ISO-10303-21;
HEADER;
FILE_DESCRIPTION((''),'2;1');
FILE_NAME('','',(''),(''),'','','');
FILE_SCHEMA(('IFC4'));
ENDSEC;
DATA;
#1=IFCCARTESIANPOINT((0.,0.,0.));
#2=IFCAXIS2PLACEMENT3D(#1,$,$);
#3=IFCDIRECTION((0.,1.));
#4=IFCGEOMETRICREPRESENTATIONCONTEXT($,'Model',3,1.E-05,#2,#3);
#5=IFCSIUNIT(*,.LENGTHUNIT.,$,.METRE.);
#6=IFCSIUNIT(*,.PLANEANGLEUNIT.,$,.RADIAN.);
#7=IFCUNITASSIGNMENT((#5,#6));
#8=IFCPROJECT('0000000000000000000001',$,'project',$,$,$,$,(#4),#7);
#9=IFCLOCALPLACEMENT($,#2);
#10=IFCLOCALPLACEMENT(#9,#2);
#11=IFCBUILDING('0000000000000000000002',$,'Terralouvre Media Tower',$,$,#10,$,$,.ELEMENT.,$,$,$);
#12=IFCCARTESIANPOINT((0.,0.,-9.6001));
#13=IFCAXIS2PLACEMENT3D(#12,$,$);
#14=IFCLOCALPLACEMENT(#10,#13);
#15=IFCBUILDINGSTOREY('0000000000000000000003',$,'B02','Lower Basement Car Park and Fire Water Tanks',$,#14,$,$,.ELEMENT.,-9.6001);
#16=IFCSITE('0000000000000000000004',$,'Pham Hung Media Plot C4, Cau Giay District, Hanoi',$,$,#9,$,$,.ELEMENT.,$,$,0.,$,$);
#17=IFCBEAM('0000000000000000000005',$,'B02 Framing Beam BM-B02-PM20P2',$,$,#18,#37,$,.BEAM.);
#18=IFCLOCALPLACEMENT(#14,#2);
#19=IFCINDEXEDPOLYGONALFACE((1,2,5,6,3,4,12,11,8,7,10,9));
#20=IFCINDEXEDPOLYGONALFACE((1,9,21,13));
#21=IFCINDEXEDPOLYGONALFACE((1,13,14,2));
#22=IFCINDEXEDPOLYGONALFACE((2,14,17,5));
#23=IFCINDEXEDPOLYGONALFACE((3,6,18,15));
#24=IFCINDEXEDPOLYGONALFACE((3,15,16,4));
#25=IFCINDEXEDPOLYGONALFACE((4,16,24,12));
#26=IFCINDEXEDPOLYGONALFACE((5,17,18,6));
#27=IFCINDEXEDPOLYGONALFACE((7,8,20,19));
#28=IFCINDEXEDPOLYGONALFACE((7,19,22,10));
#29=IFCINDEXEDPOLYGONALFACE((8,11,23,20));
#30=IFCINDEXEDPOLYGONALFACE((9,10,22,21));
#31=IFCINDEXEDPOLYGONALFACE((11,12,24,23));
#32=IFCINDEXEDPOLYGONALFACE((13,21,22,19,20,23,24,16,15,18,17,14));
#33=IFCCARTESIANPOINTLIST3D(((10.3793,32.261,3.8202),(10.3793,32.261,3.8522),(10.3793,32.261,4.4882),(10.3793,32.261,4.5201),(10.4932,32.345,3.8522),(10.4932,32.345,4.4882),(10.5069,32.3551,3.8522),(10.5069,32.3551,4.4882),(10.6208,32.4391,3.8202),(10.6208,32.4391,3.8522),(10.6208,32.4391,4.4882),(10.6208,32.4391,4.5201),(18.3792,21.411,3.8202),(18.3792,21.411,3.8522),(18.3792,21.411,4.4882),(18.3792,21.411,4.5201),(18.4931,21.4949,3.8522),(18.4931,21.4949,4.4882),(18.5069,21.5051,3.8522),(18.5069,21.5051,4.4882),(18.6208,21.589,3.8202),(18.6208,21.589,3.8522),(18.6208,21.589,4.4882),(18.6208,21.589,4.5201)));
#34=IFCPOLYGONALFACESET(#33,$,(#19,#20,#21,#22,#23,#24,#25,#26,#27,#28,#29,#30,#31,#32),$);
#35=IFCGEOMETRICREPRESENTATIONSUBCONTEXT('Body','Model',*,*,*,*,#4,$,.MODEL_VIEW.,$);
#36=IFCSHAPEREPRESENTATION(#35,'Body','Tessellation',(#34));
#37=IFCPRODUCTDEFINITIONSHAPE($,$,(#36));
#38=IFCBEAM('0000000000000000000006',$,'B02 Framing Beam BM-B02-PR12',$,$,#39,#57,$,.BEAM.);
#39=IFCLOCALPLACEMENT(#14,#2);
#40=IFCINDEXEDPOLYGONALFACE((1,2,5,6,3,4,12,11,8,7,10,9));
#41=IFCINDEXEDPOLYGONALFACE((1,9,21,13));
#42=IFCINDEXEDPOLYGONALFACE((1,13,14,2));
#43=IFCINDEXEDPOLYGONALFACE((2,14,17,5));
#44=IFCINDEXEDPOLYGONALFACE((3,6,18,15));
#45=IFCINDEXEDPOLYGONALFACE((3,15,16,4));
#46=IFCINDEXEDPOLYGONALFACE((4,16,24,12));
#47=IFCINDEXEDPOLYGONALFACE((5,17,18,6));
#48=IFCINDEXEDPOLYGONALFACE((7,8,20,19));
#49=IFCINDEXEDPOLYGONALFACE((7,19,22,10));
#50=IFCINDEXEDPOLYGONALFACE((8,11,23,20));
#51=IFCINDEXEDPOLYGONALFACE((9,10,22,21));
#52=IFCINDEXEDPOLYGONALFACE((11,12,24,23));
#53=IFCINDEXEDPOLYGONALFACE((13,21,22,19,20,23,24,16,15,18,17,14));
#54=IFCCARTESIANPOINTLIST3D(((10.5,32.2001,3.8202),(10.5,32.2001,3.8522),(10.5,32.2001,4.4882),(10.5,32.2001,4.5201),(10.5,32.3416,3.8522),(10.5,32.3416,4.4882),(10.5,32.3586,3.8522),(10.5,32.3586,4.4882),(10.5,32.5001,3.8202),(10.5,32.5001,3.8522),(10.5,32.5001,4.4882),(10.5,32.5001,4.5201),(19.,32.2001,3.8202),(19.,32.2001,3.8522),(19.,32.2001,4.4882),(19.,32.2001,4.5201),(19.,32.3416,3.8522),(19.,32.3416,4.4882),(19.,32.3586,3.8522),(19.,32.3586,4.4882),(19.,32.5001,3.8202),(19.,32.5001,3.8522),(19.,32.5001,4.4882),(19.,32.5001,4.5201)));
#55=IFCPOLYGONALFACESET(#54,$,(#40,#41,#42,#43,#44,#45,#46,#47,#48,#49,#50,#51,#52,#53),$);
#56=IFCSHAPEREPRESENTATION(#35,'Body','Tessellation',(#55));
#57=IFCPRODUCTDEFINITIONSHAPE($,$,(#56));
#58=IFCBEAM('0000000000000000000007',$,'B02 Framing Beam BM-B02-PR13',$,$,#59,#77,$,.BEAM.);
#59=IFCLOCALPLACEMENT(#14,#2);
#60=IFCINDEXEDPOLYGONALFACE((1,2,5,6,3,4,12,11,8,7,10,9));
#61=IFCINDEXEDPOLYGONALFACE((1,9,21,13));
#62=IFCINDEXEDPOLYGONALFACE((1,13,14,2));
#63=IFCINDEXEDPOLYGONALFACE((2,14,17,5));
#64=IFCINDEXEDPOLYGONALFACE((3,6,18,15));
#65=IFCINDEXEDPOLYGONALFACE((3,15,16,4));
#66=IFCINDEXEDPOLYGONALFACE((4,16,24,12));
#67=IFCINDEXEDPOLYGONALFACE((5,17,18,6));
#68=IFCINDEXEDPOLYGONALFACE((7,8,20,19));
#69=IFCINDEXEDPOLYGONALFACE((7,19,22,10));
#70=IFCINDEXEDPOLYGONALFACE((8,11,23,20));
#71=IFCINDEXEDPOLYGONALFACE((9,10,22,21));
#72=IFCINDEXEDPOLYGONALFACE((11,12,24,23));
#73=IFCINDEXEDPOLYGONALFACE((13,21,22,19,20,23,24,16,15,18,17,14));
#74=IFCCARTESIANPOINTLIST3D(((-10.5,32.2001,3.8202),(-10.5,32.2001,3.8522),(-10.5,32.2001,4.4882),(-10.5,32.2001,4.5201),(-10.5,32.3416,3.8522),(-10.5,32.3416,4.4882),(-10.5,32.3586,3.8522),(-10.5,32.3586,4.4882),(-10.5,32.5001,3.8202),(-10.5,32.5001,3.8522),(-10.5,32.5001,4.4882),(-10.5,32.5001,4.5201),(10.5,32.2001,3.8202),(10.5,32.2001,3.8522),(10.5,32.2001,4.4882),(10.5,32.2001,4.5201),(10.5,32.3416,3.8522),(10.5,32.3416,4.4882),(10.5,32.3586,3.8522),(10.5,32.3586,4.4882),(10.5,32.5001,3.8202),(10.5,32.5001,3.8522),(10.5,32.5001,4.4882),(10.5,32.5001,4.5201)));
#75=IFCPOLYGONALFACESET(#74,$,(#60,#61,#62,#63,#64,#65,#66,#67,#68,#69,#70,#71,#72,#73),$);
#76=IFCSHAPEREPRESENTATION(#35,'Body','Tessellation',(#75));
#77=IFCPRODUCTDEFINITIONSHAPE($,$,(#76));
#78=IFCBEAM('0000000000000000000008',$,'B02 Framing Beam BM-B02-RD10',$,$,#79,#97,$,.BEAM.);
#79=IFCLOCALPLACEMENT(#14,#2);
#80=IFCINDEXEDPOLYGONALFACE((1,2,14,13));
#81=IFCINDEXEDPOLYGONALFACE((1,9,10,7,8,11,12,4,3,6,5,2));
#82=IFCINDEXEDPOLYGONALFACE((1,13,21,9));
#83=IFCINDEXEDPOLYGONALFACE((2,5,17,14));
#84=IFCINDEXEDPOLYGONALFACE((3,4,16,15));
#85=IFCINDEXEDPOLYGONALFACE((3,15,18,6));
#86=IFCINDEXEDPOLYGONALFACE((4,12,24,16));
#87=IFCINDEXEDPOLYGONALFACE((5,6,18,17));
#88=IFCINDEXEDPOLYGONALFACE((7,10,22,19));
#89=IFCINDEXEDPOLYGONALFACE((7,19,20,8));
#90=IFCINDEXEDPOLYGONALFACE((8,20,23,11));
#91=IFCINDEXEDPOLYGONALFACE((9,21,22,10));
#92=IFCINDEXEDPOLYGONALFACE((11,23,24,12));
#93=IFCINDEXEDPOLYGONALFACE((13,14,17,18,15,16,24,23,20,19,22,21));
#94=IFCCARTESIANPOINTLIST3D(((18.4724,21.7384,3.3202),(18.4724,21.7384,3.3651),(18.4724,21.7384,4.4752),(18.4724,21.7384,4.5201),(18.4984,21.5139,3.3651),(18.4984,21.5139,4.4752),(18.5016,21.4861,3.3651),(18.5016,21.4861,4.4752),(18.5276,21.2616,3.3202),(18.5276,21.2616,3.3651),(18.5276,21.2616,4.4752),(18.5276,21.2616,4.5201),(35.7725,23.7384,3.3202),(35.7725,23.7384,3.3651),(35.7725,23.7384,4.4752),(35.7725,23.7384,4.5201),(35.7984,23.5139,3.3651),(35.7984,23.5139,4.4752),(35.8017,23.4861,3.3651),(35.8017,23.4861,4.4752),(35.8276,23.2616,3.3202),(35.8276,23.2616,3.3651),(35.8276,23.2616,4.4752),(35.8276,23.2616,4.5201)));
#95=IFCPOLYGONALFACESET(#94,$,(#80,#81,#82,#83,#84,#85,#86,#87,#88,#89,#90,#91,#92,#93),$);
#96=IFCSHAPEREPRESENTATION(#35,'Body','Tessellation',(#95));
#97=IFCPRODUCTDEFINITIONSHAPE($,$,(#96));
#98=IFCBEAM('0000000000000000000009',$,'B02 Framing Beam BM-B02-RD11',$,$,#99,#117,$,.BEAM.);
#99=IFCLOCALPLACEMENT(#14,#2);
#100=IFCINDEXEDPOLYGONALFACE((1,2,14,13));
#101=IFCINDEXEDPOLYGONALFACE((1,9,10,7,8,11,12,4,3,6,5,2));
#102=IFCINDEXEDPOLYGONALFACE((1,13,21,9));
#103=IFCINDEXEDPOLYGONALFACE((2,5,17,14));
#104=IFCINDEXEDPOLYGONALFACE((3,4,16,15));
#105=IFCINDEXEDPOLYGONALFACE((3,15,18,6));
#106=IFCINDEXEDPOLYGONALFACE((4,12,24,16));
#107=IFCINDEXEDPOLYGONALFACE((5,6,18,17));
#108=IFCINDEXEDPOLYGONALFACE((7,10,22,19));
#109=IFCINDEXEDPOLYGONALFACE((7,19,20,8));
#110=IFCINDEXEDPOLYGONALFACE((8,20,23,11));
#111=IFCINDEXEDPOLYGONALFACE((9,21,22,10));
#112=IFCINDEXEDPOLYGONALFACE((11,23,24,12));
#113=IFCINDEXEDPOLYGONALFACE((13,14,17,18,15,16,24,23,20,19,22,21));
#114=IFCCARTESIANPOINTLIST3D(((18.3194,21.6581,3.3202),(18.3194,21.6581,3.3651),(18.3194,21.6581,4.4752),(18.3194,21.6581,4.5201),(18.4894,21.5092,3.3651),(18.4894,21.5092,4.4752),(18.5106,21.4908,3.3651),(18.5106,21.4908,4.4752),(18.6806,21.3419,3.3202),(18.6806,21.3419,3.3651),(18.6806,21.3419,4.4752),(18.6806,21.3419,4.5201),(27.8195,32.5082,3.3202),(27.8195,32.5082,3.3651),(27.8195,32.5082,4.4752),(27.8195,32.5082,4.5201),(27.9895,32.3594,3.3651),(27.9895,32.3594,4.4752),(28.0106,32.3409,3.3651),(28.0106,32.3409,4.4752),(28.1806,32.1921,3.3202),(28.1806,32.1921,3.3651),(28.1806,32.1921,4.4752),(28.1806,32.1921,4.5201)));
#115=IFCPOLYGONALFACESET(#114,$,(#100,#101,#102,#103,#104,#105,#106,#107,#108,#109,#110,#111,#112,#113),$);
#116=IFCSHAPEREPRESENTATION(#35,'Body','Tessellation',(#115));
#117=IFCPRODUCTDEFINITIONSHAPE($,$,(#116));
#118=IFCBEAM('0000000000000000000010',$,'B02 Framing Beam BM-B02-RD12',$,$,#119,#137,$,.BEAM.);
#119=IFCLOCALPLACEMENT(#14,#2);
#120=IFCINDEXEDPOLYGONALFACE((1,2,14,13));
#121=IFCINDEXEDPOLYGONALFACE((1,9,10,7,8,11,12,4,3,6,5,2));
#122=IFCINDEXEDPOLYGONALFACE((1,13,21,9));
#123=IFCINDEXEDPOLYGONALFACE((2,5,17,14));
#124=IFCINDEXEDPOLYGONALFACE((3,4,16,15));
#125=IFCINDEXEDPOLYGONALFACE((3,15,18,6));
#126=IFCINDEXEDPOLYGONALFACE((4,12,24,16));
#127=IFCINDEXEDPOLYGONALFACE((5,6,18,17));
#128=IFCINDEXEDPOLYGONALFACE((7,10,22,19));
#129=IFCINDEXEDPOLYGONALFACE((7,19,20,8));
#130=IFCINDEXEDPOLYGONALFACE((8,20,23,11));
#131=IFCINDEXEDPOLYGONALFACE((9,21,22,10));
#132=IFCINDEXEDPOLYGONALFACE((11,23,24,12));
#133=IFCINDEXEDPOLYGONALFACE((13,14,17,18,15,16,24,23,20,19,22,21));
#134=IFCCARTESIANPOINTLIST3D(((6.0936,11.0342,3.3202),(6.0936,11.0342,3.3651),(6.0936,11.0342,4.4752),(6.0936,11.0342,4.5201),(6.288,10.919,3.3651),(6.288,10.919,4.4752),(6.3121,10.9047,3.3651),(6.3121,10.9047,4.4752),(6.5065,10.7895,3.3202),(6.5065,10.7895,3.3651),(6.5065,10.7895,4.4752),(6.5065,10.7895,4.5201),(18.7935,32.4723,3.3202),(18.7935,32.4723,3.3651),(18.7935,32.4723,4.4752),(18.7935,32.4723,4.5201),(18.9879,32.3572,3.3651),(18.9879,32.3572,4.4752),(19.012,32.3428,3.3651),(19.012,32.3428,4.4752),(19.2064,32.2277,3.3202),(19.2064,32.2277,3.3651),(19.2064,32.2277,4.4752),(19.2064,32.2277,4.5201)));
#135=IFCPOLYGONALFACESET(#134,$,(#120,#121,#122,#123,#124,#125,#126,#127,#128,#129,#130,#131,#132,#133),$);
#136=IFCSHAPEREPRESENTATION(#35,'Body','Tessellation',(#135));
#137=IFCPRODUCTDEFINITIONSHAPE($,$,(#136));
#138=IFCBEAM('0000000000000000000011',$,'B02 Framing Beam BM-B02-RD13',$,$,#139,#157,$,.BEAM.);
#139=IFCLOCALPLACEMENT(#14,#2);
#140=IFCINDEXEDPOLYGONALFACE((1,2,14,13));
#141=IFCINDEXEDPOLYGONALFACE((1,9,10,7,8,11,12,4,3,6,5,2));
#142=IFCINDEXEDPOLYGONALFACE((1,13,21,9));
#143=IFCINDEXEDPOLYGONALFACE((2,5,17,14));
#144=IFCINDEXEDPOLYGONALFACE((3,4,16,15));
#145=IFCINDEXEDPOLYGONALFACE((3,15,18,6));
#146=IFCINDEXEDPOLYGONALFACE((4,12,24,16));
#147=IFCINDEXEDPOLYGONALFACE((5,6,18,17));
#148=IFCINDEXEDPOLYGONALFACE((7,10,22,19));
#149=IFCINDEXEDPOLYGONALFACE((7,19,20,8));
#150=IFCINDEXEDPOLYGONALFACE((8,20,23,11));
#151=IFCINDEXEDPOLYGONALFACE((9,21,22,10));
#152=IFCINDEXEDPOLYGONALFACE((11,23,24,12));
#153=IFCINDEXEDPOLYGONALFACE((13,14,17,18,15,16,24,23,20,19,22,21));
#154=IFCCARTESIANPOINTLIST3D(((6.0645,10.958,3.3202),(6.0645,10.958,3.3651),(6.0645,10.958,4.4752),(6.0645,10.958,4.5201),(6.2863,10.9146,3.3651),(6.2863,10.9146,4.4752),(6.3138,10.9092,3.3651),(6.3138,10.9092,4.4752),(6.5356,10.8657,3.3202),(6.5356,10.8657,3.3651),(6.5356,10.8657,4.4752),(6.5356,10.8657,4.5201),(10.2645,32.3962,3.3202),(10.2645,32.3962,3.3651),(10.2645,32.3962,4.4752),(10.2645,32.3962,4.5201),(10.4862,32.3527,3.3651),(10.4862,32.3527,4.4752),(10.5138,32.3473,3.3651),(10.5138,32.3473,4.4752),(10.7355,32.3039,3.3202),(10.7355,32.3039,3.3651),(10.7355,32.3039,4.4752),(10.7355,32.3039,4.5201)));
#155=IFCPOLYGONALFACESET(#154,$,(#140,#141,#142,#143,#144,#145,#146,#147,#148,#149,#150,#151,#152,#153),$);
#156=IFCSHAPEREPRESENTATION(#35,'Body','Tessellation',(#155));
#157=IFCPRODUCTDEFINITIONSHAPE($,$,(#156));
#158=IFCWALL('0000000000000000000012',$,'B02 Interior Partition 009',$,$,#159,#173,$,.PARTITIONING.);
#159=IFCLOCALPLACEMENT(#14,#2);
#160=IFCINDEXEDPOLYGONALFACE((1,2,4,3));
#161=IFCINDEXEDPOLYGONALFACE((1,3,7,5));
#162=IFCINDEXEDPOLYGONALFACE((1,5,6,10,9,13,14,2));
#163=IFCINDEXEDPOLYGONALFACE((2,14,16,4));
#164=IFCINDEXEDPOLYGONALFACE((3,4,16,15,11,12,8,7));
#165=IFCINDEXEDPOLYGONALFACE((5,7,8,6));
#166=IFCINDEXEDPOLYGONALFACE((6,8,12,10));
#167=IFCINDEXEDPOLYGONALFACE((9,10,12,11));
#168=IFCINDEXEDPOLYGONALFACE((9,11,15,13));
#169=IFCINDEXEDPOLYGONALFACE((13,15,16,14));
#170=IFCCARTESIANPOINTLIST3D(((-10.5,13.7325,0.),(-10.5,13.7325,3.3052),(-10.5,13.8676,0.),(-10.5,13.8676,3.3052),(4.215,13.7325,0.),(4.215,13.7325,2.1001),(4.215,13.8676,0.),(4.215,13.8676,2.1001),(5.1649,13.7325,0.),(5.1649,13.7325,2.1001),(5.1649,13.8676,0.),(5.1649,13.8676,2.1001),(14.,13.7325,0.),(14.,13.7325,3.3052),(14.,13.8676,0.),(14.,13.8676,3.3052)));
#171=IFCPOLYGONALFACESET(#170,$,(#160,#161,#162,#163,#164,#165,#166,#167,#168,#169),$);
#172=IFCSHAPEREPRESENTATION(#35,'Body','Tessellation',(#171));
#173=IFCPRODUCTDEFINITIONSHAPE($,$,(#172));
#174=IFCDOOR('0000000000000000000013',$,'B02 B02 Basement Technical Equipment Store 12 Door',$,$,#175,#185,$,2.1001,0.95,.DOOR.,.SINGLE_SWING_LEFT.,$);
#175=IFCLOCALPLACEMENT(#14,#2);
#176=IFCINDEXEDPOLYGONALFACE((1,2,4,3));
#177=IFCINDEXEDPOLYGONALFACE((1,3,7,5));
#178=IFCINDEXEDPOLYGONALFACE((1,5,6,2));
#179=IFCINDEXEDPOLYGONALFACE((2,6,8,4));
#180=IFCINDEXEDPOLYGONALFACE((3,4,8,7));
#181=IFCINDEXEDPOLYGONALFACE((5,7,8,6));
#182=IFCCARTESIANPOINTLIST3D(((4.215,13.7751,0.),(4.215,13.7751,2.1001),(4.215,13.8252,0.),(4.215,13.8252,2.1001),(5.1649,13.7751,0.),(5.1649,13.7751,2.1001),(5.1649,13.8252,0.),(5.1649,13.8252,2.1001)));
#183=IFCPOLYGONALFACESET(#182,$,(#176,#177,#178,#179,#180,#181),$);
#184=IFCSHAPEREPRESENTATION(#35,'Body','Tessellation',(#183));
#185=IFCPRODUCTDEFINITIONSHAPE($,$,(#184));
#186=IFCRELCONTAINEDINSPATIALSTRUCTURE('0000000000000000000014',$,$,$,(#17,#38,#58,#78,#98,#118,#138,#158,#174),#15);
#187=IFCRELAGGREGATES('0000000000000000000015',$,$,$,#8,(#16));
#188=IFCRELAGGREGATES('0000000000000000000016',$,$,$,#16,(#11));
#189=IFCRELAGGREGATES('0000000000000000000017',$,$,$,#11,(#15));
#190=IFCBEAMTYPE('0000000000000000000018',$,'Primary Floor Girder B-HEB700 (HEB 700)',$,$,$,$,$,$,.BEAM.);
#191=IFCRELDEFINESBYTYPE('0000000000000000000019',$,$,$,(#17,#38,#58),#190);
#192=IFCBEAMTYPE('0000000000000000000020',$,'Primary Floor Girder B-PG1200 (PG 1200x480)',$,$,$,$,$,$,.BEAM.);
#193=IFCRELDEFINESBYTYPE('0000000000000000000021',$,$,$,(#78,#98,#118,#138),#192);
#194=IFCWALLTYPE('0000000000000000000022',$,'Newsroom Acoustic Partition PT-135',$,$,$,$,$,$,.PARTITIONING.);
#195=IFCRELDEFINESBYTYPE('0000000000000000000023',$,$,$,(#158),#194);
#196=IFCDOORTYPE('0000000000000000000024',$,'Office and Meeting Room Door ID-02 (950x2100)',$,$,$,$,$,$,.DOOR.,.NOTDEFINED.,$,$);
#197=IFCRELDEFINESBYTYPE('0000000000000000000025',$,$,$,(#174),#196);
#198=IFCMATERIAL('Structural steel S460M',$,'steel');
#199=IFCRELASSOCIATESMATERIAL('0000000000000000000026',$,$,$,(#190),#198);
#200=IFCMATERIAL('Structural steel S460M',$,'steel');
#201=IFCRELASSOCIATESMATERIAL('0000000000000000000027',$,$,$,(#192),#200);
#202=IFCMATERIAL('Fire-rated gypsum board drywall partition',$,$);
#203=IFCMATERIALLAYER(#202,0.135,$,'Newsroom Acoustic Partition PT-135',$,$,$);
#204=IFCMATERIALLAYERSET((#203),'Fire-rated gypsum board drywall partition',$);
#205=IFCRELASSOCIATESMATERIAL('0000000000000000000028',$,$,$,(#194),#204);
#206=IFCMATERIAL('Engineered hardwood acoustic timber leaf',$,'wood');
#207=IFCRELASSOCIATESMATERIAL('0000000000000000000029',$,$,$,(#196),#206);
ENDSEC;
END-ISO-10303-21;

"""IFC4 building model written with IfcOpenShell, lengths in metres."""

from ifc_helpers import new_model, si_unit, direction, frame, frame_2d, origin, origin_2d, place, context, subcontext, project, spatial, rectangle, i_section, extrude, material, layer, layer_set, material_profile, profile_set, type_object, element, fill, save


model = new_model("IFC4")

# Units and contexts
model_context = context("Model", 3, precision=1e-05, world=origin(), true_north=direction((0.0, 1.0)))
body_context = subcontext(model_context, "Body", "Model", "MODEL_VIEW")
ifc_project = project(units=[si_unit("LENGTHUNIT", "METRE"), si_unit("PLANEANGLEUNIT", "RADIAN")], contexts=[model_context])

# Site, building, storey
site_placement = place(None, origin())
site = spatial("IfcSite", under=ifc_project, at=site_placement, Name="Pham Hung Media Plot C4, Cau Giay District, Hanoi", CompositionType="ELEMENT", RefElevation=0.0)
building_placement = place(site_placement, origin())
building = spatial("IfcBuilding", under=site, at=building_placement, Name="Terralouvre Media Tower", CompositionType="ELEMENT")
storey_placement = place(building_placement, frame((0.0, 0.0, -9.6001)))
storey = spatial("IfcBuildingStorey", under=building, at=storey_placement, Name="B02", Description="Lower Basement Car Park and Fire Water Tanks", CompositionType="ELEMENT", Elevation=-9.6001)

# Beams
ifc_material_1 = material(Name="Structural steel S460M", Category="steel")
ifc_material_profile_1 = material_profile(ifc_material_1, i_section(OverallWidth=0.3, OverallDepth=0.7, WebThickness=0.0171, FlangeThickness=0.032, at=origin_2d()), Name="HEB 700")
ifc_profile_set_1 = profile_set([ifc_material_profile_1], Name="Structural steel S460M")
beam_type_1 = type_object("IfcBeamType", Name="Primary Floor Girder B-HEB700 (HEB 700)", PredefinedType="BEAM", material=ifc_profile_set_1)
beam_1_placement = place(storey_placement, frame((18.5, 21.5, 4.1702), z_axis=(-0.593449, 0.804872, 0.0), x_axis=(-0.804872, -0.593449, 0.0)))
element("IfcBeam", 1, at=beam_1_placement, inside=storey, type_object=beam_type_1, Name="B02 Framing Beam BM-B02-PM20P2", PredefinedType="BEAM", context=body_context, shape_type="SweptSolid", body=[
    extrude(i_section(OverallWidth=0.3, OverallDepth=0.7, WebThickness=0.0171, FlangeThickness=0.032, at=origin_2d()), origin(), (0.0, 0.0, 1.0), 13.4805),
])
beam_2_placement = place(storey_placement, frame((19.0, 32.3501, 4.1702), z_axis=(-1.0, 0.0, 0.0), x_axis=(0.0, -1.0, 0.0)))
element("IfcBeam", 2, at=beam_2_placement, inside=storey, type_object=beam_type_1, Name="B02 Framing Beam BM-B02-PR12", PredefinedType="BEAM", context=body_context, shape_type="SweptSolid", body=[
    extrude(i_section(OverallWidth=0.3, OverallDepth=0.7, WebThickness=0.0171, FlangeThickness=0.032, at=origin_2d()), origin(), (0.0, 0.0, 1.0), 8.5),
])
beam_3_placement = place(storey_placement, frame((10.5, 32.3501, 4.1702), z_axis=(-1.0, 0.0, 0.0), x_axis=(0.0, -1.0, 0.0)))
element("IfcBeam", 3, at=beam_3_placement, inside=storey, type_object=beam_type_1, Name="B02 Framing Beam BM-B02-PR13", PredefinedType="BEAM", context=body_context, shape_type="SweptSolid", body=[
    extrude(i_section(OverallWidth=0.3, OverallDepth=0.7, WebThickness=0.0171, FlangeThickness=0.032, at=origin_2d()), origin(), (0.0, 0.0, 1.0), 21.0),
])
ifc_material_2 = material(Name="Structural steel S460M", Category="steel")
ifc_material_profile_2 = material_profile(ifc_material_2, i_section(OverallWidth=0.48, OverallDepth=1.2, WebThickness=0.0281, FlangeThickness=0.0449, at=origin_2d()), Name="PG 1200x480")
ifc_profile_set_2 = profile_set([ifc_material_profile_2], Name="Structural steel S460M")
beam_type_2 = type_object("IfcBeamType", Name="Primary Floor Girder B-PG1200 (PG 1200x480)", PredefinedType="BEAM", material=ifc_profile_set_2)
beam_4_placement = place(storey_placement, frame((18.5, 21.5, 3.9202), z_axis=(0.993384, 0.114842, 0.0), x_axis=(-0.114842, 0.993384, 0.0)))
element("IfcBeam", 4, at=beam_4_placement, inside=storey, type_object=beam_type_2, Name="B02 Framing Beam BM-B02-RD10", PredefinedType="BEAM", context=body_context, shape_type="SweptSolid", body=[
    extrude(i_section(OverallWidth=0.48, OverallDepth=1.2, WebThickness=0.0281, FlangeThickness=0.0449, at=origin_2d()), origin(), (0.0, 0.0, 1.0), 17.4153),
])
beam_5_placement = place(storey_placement, frame((18.5, 21.5, 3.9202), z_axis=(0.658747, 0.752365, 0.0), x_axis=(-0.752365, 0.658747, 0.0)))
element("IfcBeam", 5, at=beam_5_placement, inside=storey, type_object=beam_type_2, Name="B02 Framing Beam BM-B02-RD11", PredefinedType="BEAM", context=body_context, shape_type="SweptSolid", body=[
    extrude(i_section(OverallWidth=0.48, OverallDepth=1.2, WebThickness=0.0281, FlangeThickness=0.0449, at=origin_2d()), origin(), (0.0, 0.0, 1.0), 14.4214),
])
beam_6_placement = place(storey_placement, frame((6.3, 10.9119, 3.9202), z_axis=(0.509678, 0.860365, 0.0), x_axis=(-0.860365, 0.509678, 0.0)))
element("IfcBeam", 6, at=beam_6_placement, inside=storey, type_object=beam_type_2, Name="B02 Framing Beam BM-B02-RD12", PredefinedType="BEAM", context=body_context, shape_type="SweptSolid", body=[
    extrude(i_section(OverallWidth=0.48, OverallDepth=1.2, WebThickness=0.0281, FlangeThickness=0.0449, at=origin_2d()), origin(), (0.0, 0.0, 1.0), 24.9175),
])
beam_7_placement = place(storey_placement, frame((6.3, 10.9119, 3.9202), z_axis=(0.192255, 0.981345, 0.0), x_axis=(-0.981345, 0.192255, 0.0)))
element("IfcBeam", 7, at=beam_7_placement, inside=storey, type_object=beam_type_2, Name="B02 Framing Beam BM-B02-RD13", PredefinedType="BEAM", context=body_context, shape_type="SweptSolid", body=[
    extrude(i_section(OverallWidth=0.48, OverallDepth=1.2, WebThickness=0.0281, FlangeThickness=0.0449, at=origin_2d()), origin(), (0.0, 0.0, 1.0), 21.8457),
])

# Wall, opening, door
ifc_material_3 = material(Name="Fire-rated gypsum board drywall partition")
ifc_layer_1 = layer(ifc_material_3, 0.135, Name="Newsroom Acoustic Partition PT-135")
ifc_layer_set_1 = layer_set([ifc_layer_1], Name="Fire-rated gypsum board drywall partition")
wall_type_1 = type_object("IfcWallType", Name="Newsroom Acoustic Partition PT-135", PredefinedType="PARTITIONING", material=ifc_layer_set_1)
wall_1_placement = place(storey_placement, frame((14.0, 13.8, 0.0), z_axis=(0.0, 0.0, 1.0), x_axis=(-1.0, 0.0, 0.0)))
wall_1 = element("IfcWall", 8, at=wall_1_placement, inside=storey, type_object=wall_type_1, Name="B02 Interior Partition 009", PredefinedType="PARTITIONING", context=body_context, shape_type="SweptSolid", body=[
    extrude(rectangle(XDim=24.5, YDim=0.135, at=frame_2d((12.25, 0.0))), origin(), (0.0, 0.0, 1.0), 3.3052),
])
opening_placement = place(wall_1_placement, frame((8.835, 0.0, 0.0)))
opening = element("IfcOpeningElement", 9, at=opening_placement, cuts=wall_1, PredefinedType="OPENING", context=body_context, shape_type="SweptSolid", body=[
    extrude(rectangle(XDim=0.95, YDim=2.1001, at=frame_2d((0.4751, 1.05))), frame((0.0, 0.0774, 0.0), z_axis=(0.0, -1.0, 0.0), x_axis=(1.0, 0.0, 0.0)), (0.0, 0.0, 1.0), 0.155),
])
ifc_material_4 = material(Name="Engineered hardwood acoustic timber leaf", Category="wood")
door_type = type_object("IfcDoorType", Name="Office and Meeting Room Door ID-02 (950x2100)", OperationType="NOTDEFINED", PredefinedType="DOOR", material=ifc_material_4)
door_placement = place(opening_placement, origin())
door = element("IfcDoor", 10, at=door_placement, inside=storey, type_object=door_type, Name="B02 B02 Basement Technical Equipment Store 12 Door", OperationType="SINGLE_SWING_LEFT", OverallHeight=2.1001, OverallWidth=0.95, PredefinedType="DOOR", context=body_context, shape_type="SweptSolid", body=[
    extrude(rectangle(XDim=0.95, YDim=2.1001, at=frame_2d((0.4751, 1.05))), frame((0.0, 0.0249, 0.0), z_axis=(0.0, -1.0, 0.0), x_axis=(1.0, 0.0, 0.0)), (0.0, 0.0, 1.0), 0.05),
])
fill(opening, door)

save(model, "model.ifc")
